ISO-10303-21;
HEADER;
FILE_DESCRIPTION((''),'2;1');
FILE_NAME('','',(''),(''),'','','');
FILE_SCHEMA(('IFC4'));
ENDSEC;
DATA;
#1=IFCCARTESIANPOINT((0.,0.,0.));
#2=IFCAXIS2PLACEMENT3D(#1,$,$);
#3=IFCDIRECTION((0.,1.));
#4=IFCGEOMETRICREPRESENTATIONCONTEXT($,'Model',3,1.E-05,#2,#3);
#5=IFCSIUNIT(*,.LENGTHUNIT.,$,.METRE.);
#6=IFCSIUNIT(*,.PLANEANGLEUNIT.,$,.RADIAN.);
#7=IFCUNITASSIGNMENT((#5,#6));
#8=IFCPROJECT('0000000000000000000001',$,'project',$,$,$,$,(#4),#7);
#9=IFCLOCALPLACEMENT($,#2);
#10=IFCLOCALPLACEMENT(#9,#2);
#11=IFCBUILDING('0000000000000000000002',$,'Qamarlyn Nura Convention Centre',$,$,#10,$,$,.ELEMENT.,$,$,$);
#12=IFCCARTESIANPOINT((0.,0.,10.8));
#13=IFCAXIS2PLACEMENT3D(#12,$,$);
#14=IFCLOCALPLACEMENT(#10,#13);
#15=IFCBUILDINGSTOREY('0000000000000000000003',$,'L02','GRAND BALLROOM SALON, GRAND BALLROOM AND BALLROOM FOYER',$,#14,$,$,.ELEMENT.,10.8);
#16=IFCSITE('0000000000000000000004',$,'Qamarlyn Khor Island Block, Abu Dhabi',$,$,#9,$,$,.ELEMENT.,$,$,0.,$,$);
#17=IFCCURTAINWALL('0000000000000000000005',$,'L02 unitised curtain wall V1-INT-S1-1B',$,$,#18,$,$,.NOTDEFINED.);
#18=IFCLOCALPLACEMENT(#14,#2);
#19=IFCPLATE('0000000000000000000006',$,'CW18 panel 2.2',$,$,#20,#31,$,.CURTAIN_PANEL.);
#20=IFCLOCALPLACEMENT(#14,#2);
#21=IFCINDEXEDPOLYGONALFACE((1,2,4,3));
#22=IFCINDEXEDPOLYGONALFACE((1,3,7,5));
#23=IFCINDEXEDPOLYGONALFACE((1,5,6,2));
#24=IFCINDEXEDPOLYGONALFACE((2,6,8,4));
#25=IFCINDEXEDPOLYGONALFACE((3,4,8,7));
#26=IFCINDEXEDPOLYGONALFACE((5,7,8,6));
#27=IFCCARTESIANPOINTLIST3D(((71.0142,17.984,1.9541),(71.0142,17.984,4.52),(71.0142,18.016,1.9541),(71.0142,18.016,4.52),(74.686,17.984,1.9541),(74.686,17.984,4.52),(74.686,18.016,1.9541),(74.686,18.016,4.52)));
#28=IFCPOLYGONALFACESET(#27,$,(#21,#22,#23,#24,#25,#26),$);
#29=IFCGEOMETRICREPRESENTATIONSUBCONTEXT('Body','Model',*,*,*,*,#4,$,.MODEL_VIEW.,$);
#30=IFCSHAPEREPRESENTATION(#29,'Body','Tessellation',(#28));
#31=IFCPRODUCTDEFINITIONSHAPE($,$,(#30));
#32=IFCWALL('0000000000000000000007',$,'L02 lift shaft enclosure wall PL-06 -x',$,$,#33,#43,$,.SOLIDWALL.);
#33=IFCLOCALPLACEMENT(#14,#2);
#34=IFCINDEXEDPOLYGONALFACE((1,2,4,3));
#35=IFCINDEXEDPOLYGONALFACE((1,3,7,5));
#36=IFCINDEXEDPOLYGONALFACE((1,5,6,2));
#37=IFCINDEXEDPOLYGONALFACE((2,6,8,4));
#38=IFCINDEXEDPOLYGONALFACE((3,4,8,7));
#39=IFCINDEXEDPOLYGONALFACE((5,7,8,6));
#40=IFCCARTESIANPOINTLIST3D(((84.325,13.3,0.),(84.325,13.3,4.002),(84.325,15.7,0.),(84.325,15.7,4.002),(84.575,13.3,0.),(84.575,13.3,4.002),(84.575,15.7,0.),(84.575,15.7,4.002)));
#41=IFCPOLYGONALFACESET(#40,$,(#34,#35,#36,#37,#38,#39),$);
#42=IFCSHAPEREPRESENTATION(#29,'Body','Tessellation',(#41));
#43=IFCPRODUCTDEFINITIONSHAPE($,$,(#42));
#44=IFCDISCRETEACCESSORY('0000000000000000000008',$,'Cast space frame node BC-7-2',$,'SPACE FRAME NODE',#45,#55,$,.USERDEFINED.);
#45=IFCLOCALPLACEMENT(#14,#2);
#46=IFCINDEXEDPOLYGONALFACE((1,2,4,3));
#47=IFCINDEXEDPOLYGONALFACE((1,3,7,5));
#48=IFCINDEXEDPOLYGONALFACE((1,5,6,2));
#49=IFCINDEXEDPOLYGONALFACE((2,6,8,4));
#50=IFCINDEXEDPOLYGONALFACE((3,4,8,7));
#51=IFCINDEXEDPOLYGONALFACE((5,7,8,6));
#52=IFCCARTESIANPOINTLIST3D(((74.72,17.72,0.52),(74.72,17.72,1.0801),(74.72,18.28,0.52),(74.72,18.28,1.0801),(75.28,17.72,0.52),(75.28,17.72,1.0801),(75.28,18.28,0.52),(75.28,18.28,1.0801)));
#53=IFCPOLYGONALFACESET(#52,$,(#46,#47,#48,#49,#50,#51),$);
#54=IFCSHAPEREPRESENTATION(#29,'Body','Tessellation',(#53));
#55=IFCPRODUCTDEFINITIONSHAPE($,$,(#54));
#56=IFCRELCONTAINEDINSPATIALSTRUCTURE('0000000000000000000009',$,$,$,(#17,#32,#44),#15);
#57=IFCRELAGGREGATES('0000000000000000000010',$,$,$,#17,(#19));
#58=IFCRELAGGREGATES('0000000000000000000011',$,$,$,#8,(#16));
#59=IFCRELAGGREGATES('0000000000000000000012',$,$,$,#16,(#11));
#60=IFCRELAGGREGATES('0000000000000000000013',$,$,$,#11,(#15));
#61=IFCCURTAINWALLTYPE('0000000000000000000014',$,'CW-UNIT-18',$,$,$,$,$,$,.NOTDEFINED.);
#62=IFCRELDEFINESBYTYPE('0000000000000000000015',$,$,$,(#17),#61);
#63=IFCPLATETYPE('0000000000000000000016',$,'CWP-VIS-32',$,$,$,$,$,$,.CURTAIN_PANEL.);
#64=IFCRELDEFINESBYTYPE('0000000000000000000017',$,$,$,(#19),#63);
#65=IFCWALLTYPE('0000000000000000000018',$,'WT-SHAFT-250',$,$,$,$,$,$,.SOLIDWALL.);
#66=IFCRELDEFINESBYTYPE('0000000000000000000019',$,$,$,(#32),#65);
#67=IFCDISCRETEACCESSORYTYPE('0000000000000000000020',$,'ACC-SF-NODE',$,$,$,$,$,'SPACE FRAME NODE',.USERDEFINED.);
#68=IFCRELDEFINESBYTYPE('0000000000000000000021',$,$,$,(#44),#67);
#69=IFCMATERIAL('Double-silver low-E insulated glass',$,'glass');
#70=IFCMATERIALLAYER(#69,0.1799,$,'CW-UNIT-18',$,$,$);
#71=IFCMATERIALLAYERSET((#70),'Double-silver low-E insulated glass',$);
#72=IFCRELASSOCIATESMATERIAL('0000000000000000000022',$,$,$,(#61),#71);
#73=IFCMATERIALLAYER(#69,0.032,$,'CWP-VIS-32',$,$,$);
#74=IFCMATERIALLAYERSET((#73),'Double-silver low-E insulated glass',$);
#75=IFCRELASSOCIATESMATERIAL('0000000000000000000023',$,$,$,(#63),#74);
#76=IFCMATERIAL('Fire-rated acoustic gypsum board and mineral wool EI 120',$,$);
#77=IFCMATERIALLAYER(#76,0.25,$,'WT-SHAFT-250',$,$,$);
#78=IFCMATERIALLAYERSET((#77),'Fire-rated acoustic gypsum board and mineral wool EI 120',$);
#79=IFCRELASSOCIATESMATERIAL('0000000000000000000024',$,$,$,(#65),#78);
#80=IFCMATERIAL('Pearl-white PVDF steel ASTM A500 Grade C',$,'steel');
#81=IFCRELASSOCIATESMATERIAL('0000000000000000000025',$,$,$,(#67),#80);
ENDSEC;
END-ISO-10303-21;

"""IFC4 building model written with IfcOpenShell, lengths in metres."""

from ifc_helpers import new_model, si_unit, direction, frame, frame_2d, origin, origin_2d, place, context, subcontext, project, spatial, rectangle, extrude, material, layer, layer_set, type_object, element, aggregate, save


model = new_model("IFC4")

# Units and contexts
model_context = context("Model", 3, precision=1e-05, world=origin(), true_north=direction((0.0, 1.0)))
body_context = subcontext(model_context, "Body", "Model", "MODEL_VIEW")
ifc_project = project(units=[si_unit("LENGTHUNIT", "METRE"), si_unit("PLANEANGLEUNIT", "RADIAN")], contexts=[model_context])

# Site, building, storey
site_placement = place(None, origin())
site = spatial("IfcSite", under=ifc_project, at=site_placement, Name="Qamarlyn Khor Island Block, Abu Dhabi", CompositionType="ELEMENT", RefElevation=0.0)
building_placement = place(site_placement, origin())
building = spatial("IfcBuilding", under=site, at=building_placement, Name="Qamarlyn Nura Convention Centre", CompositionType="ELEMENT")
storey_placement = place(building_placement, frame((0.0, 0.0, 10.8)))
storey = spatial("IfcBuildingStorey", under=building, at=storey_placement, Name="L02", Description="GRAND BALLROOM SALON, GRAND BALLROOM AND BALLROOM FOYER", CompositionType="ELEMENT", Elevation=10.8)

# Shared definitions
ifc_material_1 = material(Name="Pearl-white PVDF steel ASTM A500 Grade C", Category="steel")

# Curtain wall
ifc_material_2 = material(Name="Double-silver low-E insulated glass", Category="glass")
ifc_layer_1 = layer(ifc_material_2, 0.1799, Name="CW-UNIT-18")
ifc_layer_set_1 = layer_set([ifc_layer_1], Name="Double-silver low-E insulated glass")
curtain_wall_type_1 = type_object("IfcCurtainWallType", Name="CW-UNIT-18", PredefinedType="NOTDEFINED", material=ifc_layer_set_1)
curtain_wall_1_placement = place(storey_placement, origin())
curtain_wall_1 = element("IfcCurtainWall", 1, at=curtain_wall_1_placement, inside=storey, type_object=curtain_wall_type_1, Name="L02 unitised curtain wall V1-INT-S1-1B", PredefinedType="NOTDEFINED")

# Plate
ifc_layer_2 = layer(ifc_material_2, 0.032, Name="CWP-VIS-32")
ifc_layer_set_2 = layer_set([ifc_layer_2], Name="Double-silver low-E insulated glass")
plate_type_1 = type_object("IfcPlateType", Name="CWP-VIS-32", PredefinedType="CURTAIN_PANEL", material=ifc_layer_set_2)
plate_1_placement = place(storey_placement, frame((72.8501, 18.0, 1.9541), z_axis=(0.0, 0.0, 1.0), x_axis=(1.0, 0.0, 0.0)))
plate_1 = element("IfcPlate", 2, at=plate_1_placement, type_object=plate_type_1, Name="CW18 panel 2.2", PredefinedType="CURTAIN_PANEL", context=body_context, shape_type="SweptSolid", body=[
    extrude(rectangle(XDim=3.6719, YDim=0.032, at=origin_2d()), origin(), (0.0, 0.0, 1.0), 2.5659),
])
aggregate(curtain_wall_1, [plate_1])

# Wall
ifc_material_3 = material(Name="Fire-rated acoustic gypsum board and mineral wool EI 120")
ifc_layer_3 = layer(ifc_material_3, 0.25, Name="WT-SHAFT-250")
ifc_layer_set_3 = layer_set([ifc_layer_3], Name="Fire-rated acoustic gypsum board and mineral wool EI 120")
wall_type = type_object("IfcWallType", Name="WT-SHAFT-250", PredefinedType="SOLIDWALL", material=ifc_layer_set_3)
wall_placement = place(storey_placement, frame((84.45, 15.7, 0.0), z_axis=(0.0, 0.0, 1.0), x_axis=(0.0, -1.0, 0.0)))
element("IfcWall", 3, at=wall_placement, inside=storey, type_object=wall_type, Name="L02 lift shaft enclosure wall PL-06 -x", PredefinedType="SOLIDWALL", context=body_context, shape_type="SweptSolid", body=[
    extrude(rectangle(XDim=2.3999, YDim=0.25, at=frame_2d((1.2, 0.0))), origin(), (0.0, 0.0, 1.0), 4.002),
])

# Discrete accessory
discrete_accessory_type = type_object("IfcDiscreteAccessoryType", Name="ACC-SF-NODE", ElementType="SPACE FRAME NODE", PredefinedType="USERDEFINED", material=ifc_material_1)
discrete_accessory_placement = place(storey_placement, frame((75.0, 18.0, 0.52), z_axis=(0.0, 0.0, 1.0), x_axis=(1.0, 0.0, 0.0)))
element("IfcDiscreteAccessory", 4, at=discrete_accessory_placement, inside=storey, type_object=discrete_accessory_type, Name="Cast space frame node BC-7-2", ObjectType="SPACE FRAME NODE", PredefinedType="USERDEFINED", context=body_context, shape_type="SweptSolid", body=[
    extrude(rectangle(XDim=0.5601, YDim=0.5601, at=origin_2d()), origin(), (0.0, 0.0, 1.0), 0.5601),
])

save(model, "model.ifc")
